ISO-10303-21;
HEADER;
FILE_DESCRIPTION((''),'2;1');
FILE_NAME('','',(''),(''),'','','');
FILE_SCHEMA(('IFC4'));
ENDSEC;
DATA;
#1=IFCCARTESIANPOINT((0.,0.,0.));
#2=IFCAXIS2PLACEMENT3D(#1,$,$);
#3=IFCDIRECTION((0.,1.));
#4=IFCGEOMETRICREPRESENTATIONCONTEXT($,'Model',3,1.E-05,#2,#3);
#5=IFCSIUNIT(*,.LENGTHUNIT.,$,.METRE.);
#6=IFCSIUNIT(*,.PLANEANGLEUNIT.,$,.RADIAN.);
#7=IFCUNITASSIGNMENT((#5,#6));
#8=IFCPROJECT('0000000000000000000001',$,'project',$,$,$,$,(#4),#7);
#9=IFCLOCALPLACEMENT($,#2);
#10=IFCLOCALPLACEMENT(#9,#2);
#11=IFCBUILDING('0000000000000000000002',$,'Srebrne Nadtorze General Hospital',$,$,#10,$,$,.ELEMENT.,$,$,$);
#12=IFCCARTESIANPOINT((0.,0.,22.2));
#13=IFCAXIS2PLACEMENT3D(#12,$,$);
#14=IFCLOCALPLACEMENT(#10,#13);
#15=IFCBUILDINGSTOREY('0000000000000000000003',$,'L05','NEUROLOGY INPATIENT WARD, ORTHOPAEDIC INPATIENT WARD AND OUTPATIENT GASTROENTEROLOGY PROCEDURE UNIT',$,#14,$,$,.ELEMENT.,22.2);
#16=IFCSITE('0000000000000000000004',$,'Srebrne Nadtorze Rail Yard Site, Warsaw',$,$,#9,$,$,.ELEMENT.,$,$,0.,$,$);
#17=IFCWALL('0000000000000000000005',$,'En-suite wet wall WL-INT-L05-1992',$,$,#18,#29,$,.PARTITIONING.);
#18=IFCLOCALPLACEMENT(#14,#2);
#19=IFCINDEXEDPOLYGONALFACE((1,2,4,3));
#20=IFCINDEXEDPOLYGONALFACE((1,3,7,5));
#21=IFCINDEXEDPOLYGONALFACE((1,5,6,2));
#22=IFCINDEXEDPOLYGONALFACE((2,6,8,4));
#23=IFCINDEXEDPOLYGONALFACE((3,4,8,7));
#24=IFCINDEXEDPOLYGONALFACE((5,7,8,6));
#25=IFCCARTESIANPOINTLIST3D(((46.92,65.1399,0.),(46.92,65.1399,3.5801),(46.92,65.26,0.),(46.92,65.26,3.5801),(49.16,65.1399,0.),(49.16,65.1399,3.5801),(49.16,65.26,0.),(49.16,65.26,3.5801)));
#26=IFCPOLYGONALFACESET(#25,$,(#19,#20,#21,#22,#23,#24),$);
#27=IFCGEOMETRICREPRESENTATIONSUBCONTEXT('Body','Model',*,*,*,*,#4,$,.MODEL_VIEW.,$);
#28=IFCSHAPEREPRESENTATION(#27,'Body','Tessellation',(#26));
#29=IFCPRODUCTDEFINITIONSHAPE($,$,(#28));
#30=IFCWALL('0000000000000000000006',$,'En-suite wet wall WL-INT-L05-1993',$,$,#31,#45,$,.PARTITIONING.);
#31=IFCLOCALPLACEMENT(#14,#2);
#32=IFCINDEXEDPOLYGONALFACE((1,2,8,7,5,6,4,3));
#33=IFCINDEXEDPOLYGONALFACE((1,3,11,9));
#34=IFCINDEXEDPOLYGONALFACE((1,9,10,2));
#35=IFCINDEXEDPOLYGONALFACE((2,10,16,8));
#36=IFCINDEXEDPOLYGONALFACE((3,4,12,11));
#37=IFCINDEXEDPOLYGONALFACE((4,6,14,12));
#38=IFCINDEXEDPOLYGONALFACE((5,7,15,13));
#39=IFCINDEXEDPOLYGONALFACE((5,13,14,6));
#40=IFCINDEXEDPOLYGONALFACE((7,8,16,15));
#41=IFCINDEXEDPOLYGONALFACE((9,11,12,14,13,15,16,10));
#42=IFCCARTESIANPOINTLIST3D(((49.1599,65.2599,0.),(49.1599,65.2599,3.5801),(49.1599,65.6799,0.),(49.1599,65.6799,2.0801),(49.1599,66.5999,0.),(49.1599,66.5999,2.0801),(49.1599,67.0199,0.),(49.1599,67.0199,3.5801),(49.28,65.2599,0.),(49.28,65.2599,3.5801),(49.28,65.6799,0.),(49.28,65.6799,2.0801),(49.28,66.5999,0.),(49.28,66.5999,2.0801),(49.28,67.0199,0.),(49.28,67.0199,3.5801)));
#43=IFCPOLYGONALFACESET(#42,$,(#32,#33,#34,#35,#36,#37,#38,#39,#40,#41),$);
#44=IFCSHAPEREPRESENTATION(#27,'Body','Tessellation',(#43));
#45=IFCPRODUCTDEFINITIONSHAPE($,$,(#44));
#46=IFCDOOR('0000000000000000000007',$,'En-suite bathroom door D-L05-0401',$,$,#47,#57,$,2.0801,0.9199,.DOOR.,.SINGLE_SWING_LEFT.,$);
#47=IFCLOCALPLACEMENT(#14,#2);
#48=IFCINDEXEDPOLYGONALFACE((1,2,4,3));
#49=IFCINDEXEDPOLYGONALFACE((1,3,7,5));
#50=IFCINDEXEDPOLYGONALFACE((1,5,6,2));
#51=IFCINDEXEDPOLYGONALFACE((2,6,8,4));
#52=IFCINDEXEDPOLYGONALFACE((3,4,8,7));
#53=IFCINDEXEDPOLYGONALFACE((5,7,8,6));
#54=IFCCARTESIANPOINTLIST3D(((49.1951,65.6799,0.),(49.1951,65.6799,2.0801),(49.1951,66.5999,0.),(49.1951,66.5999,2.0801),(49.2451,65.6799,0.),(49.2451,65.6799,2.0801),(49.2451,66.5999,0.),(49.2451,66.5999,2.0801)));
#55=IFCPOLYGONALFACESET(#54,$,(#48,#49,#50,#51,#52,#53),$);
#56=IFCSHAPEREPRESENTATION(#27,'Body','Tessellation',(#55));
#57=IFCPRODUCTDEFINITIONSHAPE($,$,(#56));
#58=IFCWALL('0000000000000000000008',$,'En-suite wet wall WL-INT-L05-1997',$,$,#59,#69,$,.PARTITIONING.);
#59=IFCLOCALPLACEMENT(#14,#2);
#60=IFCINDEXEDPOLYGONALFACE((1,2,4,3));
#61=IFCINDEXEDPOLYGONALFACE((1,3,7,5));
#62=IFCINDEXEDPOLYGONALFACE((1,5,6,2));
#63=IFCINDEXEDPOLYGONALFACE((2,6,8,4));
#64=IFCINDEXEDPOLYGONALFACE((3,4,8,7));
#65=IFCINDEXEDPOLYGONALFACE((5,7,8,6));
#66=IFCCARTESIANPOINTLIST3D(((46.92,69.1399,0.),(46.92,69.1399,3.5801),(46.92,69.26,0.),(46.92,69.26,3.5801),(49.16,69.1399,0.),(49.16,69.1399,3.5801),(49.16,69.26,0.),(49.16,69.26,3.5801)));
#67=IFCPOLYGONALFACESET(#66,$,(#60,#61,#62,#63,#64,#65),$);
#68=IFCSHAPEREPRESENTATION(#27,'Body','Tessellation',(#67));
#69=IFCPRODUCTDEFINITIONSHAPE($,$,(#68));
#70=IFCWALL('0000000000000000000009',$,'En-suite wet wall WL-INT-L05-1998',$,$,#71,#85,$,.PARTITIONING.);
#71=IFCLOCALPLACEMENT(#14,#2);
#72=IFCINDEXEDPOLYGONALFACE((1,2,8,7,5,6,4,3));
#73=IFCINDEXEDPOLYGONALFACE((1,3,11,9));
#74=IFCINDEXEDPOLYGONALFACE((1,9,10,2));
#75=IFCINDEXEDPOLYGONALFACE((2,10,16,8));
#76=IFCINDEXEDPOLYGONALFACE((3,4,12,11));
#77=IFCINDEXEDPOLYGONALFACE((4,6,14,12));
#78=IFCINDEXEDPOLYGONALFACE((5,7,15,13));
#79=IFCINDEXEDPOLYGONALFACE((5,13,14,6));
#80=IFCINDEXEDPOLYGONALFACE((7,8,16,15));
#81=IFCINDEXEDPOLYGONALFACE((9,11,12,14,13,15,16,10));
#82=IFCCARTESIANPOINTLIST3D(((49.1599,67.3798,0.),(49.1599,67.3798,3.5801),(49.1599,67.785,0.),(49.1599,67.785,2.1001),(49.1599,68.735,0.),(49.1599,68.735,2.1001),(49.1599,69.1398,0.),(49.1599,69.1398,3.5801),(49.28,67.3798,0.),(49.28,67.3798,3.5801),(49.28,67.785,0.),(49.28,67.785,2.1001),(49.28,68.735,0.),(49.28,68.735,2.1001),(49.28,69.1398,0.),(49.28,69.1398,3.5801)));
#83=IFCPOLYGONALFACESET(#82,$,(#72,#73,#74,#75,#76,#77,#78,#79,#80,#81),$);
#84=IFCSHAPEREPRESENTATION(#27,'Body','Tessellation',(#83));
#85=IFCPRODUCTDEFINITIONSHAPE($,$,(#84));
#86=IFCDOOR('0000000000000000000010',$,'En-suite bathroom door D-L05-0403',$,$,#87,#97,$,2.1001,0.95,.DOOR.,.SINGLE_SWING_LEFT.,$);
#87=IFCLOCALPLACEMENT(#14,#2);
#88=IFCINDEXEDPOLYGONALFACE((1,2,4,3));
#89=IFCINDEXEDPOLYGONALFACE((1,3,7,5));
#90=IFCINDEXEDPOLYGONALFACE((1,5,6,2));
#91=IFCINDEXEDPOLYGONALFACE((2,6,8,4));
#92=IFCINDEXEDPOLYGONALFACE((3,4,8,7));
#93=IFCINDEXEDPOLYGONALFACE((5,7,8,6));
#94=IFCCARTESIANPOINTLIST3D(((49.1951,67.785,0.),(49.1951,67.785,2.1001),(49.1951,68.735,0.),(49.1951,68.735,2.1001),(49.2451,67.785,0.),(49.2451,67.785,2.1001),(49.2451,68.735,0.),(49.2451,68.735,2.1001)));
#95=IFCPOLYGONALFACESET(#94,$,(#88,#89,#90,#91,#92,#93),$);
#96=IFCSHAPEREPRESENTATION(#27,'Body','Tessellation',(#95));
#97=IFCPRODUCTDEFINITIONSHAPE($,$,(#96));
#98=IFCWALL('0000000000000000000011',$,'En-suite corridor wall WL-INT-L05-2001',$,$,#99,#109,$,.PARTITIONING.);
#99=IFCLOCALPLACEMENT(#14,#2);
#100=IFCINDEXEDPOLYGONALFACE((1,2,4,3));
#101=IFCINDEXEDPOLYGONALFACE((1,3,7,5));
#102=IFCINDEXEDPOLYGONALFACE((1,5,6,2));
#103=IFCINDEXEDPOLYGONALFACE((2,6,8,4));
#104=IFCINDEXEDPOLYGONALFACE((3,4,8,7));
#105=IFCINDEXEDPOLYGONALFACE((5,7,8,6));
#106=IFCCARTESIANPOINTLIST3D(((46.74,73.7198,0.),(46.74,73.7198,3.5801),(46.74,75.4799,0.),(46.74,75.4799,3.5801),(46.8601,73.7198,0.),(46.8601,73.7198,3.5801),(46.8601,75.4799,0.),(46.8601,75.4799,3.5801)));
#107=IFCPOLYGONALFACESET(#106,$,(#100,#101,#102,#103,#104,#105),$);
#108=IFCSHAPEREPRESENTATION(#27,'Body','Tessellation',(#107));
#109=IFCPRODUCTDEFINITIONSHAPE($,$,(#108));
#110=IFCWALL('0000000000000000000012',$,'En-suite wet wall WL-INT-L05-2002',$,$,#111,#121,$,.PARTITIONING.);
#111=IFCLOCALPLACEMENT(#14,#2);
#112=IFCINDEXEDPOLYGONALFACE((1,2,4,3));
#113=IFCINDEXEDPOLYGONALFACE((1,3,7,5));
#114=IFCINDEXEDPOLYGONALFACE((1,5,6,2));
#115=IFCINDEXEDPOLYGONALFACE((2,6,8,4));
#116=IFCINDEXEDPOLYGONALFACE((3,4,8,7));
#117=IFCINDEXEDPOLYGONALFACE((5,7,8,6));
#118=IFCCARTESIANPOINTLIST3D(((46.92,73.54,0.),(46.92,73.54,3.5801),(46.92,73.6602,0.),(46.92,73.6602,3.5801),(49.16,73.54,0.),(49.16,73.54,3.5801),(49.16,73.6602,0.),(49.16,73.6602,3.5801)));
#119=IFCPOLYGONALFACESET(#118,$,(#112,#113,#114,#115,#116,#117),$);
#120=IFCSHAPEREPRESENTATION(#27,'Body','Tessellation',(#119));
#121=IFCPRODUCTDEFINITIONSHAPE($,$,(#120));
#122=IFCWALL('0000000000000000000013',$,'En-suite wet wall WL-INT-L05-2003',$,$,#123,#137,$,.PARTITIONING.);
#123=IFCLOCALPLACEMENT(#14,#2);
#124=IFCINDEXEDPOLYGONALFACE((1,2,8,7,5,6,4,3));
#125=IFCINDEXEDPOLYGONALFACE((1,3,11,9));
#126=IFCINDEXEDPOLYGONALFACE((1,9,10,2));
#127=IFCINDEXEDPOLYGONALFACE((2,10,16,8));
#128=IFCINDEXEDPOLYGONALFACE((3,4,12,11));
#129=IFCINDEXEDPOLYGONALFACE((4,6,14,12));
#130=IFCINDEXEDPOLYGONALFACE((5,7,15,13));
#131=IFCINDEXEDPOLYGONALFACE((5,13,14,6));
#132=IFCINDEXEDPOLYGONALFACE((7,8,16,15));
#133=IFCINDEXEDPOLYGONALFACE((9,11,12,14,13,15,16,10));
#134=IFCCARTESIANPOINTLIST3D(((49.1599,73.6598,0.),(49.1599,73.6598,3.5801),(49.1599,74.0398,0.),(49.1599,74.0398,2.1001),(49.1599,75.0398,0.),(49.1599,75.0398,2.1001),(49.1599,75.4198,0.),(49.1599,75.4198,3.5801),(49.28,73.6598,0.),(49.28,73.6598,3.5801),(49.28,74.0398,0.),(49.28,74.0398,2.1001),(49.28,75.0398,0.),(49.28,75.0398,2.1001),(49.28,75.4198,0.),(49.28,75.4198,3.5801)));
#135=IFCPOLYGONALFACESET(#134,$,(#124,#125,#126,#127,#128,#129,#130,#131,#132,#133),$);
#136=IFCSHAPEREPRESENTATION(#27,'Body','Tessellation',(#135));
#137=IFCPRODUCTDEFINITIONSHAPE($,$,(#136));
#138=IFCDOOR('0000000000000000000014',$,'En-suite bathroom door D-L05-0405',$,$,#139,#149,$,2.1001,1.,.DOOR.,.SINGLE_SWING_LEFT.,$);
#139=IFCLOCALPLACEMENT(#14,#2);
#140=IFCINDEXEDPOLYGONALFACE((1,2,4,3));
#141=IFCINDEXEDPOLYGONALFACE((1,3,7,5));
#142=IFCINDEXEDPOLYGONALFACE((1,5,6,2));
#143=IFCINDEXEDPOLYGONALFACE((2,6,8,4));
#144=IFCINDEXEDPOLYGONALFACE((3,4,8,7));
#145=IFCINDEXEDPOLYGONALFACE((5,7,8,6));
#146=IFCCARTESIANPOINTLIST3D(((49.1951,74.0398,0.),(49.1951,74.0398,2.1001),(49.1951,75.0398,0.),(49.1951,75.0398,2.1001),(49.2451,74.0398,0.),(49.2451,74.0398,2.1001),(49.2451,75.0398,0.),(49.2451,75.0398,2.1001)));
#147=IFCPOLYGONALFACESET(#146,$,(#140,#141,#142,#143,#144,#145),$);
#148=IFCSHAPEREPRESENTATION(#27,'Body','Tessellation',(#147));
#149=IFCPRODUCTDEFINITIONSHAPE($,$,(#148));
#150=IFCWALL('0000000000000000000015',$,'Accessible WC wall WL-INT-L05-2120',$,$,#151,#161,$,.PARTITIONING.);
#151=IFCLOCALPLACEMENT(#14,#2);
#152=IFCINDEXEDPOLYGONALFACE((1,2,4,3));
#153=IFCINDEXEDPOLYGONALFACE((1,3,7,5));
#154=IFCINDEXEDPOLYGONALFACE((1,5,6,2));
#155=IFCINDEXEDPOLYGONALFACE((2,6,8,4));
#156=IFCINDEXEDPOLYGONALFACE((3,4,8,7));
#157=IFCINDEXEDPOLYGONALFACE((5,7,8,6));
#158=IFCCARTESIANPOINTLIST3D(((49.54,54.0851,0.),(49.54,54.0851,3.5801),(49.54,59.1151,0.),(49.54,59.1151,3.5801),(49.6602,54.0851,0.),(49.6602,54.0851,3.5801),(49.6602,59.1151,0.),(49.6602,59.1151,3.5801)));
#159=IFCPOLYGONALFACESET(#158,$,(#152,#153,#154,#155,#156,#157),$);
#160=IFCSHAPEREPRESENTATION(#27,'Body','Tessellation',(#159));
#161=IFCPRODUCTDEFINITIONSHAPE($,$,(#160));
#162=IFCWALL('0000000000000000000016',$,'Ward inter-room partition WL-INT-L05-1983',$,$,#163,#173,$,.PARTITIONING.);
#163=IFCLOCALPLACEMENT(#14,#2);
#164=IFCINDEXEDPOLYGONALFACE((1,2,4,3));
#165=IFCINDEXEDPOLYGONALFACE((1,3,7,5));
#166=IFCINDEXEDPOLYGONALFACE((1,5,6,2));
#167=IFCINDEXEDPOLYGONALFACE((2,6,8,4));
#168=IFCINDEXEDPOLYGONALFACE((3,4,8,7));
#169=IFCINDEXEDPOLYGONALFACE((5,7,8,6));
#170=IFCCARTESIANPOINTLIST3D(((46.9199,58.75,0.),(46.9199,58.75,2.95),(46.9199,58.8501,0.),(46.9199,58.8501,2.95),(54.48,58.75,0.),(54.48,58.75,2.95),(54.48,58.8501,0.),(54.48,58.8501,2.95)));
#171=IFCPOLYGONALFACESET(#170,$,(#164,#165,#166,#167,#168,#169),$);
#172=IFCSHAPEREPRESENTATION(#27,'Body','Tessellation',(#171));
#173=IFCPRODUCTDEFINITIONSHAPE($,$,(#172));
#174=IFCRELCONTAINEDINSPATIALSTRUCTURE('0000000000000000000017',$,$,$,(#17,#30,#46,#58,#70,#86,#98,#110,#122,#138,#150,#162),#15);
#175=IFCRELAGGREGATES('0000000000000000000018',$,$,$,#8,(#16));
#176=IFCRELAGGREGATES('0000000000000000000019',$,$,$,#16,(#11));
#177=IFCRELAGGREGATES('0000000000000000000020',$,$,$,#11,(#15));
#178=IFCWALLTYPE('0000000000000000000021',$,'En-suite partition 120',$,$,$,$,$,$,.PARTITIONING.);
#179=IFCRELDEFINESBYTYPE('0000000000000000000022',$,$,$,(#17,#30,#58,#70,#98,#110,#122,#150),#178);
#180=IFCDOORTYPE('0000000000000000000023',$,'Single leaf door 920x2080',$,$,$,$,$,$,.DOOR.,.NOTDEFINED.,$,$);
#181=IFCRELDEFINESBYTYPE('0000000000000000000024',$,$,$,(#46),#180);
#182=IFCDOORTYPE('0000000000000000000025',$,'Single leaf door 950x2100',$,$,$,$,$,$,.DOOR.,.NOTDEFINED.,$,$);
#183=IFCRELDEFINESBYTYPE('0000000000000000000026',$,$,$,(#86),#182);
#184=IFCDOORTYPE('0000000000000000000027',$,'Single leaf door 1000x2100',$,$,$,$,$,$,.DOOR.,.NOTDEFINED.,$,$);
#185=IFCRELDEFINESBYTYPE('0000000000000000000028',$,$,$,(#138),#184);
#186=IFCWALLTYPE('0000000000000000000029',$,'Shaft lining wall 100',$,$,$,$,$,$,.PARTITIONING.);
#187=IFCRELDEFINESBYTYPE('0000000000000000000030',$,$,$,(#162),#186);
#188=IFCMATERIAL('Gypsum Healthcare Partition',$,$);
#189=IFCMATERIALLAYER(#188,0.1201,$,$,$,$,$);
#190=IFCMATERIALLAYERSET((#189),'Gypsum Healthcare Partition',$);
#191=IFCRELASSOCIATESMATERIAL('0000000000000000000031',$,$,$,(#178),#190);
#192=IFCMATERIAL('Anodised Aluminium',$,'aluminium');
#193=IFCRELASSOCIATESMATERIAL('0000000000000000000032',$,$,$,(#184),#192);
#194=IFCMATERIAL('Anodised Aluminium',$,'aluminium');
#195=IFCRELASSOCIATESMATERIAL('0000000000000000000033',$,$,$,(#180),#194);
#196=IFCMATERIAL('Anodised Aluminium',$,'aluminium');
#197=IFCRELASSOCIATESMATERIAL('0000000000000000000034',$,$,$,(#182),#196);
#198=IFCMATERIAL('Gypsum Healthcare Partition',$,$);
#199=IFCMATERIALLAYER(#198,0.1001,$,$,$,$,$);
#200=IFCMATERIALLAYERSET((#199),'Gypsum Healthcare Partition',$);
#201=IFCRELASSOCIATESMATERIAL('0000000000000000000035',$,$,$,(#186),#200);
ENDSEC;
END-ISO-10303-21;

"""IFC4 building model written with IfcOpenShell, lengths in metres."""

from ifc_helpers import new_model, si_unit, direction, frame, frame_2d, origin, place, context, subcontext, project, spatial, rectangle, extrude, material, layer, layer_set, type_object, element, fill, save


model = new_model("IFC4")

# Units and contexts
model_context = context("Model", 3, precision=1e-05, world=origin(), true_north=direction((0.0, 1.0)))
body_context = subcontext(model_context, "Body", "Model", "MODEL_VIEW")
ifc_project = project(units=[si_unit("LENGTHUNIT", "METRE"), si_unit("PLANEANGLEUNIT", "RADIAN")], contexts=[model_context])

# Site, building, storey
site_placement = place(None, origin())
site = spatial("IfcSite", under=ifc_project, at=site_placement, Name="Srebrne Nadtorze Rail Yard Site, Warsaw", CompositionType="ELEMENT", RefElevation=0.0)
building_placement = place(site_placement, origin())
building = spatial("IfcBuilding", under=site, at=building_placement, Name="Srebrne Nadtorze General Hospital", CompositionType="ELEMENT")
storey_placement = place(building_placement, frame((0.0, 0.0, 22.2)))
storey = spatial("IfcBuildingStorey", under=building, at=storey_placement, Name="L05", Description="NEUROLOGY INPATIENT WARD, ORTHOPAEDIC INPATIENT WARD AND OUTPATIENT GASTROENTEROLOGY PROCEDURE UNIT", CompositionType="ELEMENT", Elevation=22.2)

# Shared definitions
ifc_material_1 = material(Name="Gypsum Healthcare Partition")
ifc_layer_1 = layer(ifc_material_1, 0.1201)
ifc_layer_set_1 = layer_set([ifc_layer_1], Name="Gypsum Healthcare Partition")
wall_type_1 = type_object("IfcWallType", Name="En-suite partition 120", PredefinedType="PARTITIONING", material=ifc_layer_set_1)

# Shared definitions
ifc_material_2 = material(Name="Anodised Aluminium", Category="aluminium")
door_type_1 = type_object("IfcDoorType", Name="Single leaf door 1000x2100", OperationType="NOTDEFINED", PredefinedType="DOOR", material=ifc_material_2)

# Wall
wall_1_placement = place(storey_placement, frame((46.9199, 65.2, 0.0), z_axis=(0.0, 0.0, 1.0), x_axis=(1.0, 0.0, 0.0)))
element("IfcWall", 1, at=wall_1_placement, inside=storey, type_object=wall_type_1, Name="En-suite wet wall WL-INT-L05-1992", PredefinedType="PARTITIONING", context=body_context, shape_type="SweptSolid", body=[
    extrude(rectangle(XDim=2.24, YDim=0.1201, at=frame_2d((1.1201, 0.0))), origin(), (0.0, 0.0, 1.0), 3.5801),
])

# Wall, opening, door
wall_2_placement = place(storey_placement, frame((49.22, 65.26, 0.0), z_axis=(0.0, 0.0, 1.0), x_axis=(0.0, 1.0, 0.0)))
wall_2 = element("IfcWall", 2, at=wall_2_placement, inside=storey, type_object=wall_type_1, Name="En-suite wet wall WL-INT-L05-1993", PredefinedType="PARTITIONING", context=body_context, shape_type="SweptSolid", body=[
    extrude(rectangle(XDim=1.76, YDim=0.1201, at=frame_2d((0.8799, 0.0))), origin(), (0.0, 0.0, 1.0), 3.5801),
])
opening_1_placement = place(wall_2_placement, frame((0.4199, 0.0, 0.0)))
opening_1 = element("IfcOpeningElement", 3, at=opening_1_placement, cuts=wall_2, PredefinedType="OPENING", context=body_context, shape_type="SweptSolid", body=[
    extrude(rectangle(XDim=0.9199, YDim=2.0801, at=frame_2d((0.46, 1.04))), frame((0.0, 0.072, 0.0), z_axis=(0.0, -1.0, 0.0), x_axis=(1.0, 0.0, 0.0)), (0.0, 0.0, 1.0), 0.144),
])
ifc_material_3 = material(Name="Anodised Aluminium", Category="aluminium")
door_type_2 = type_object("IfcDoorType", Name="Single leaf door 920x2080", OperationType="NOTDEFINED", PredefinedType="DOOR", material=ifc_material_3)
door_1_placement = place(opening_1_placement, origin())
door_1 = element("IfcDoor", 4, at=door_1_placement, inside=storey, type_object=door_type_2, Name="En-suite bathroom door D-L05-0401", OperationType="SINGLE_SWING_LEFT", OverallHeight=2.0801, OverallWidth=0.9199, PredefinedType="DOOR", context=body_context, shape_type="SweptSolid", body=[
    extrude(rectangle(XDim=0.9199, YDim=2.0801, at=frame_2d((0.46, 1.04))), frame((0.0, 0.0249, 0.0), z_axis=(0.0, -1.0, 0.0), x_axis=(1.0, 0.0, 0.0)), (0.0, 0.0, 1.0), 0.05),
])
fill(opening_1, door_1)

# Wall
wall_3_placement = place(storey_placement, frame((46.9199, 69.2, 0.0), z_axis=(0.0, 0.0, 1.0), x_axis=(1.0, 0.0, 0.0)))
element("IfcWall", 5, at=wall_3_placement, inside=storey, type_object=wall_type_1, Name="En-suite wet wall WL-INT-L05-1997", PredefinedType="PARTITIONING", context=body_context, shape_type="SweptSolid", body=[
    extrude(rectangle(XDim=2.24, YDim=0.1201, at=frame_2d((1.1201, 0.0))), origin(), (0.0, 0.0, 1.0), 3.5801),
])

# Wall, opening, door
wall_4_placement = place(storey_placement, frame((49.22, 67.3799, 0.0), z_axis=(0.0, 0.0, 1.0), x_axis=(0.0, 1.0, 0.0)))
wall_4 = element("IfcWall", 6, at=wall_4_placement, inside=storey, type_object=wall_type_1, Name="En-suite wet wall WL-INT-L05-1998", PredefinedType="PARTITIONING", context=body_context, shape_type="SweptSolid", body=[
    extrude(rectangle(XDim=1.76, YDim=0.1201, at=frame_2d((0.8799, 0.0))), origin(), (0.0, 0.0, 1.0), 3.5801),
])
opening_2_placement = place(wall_4_placement, frame((0.405, 0.0, 0.0)))
opening_2 = element("IfcOpeningElement", 7, at=opening_2_placement, cuts=wall_4, PredefinedType="OPENING", context=body_context, shape_type="SweptSolid", body=[
    extrude(rectangle(XDim=0.95, YDim=2.1001, at=frame_2d((0.4751, 1.05))), frame((0.0, 0.072, 0.0), z_axis=(0.0, -1.0, 0.0), x_axis=(1.0, 0.0, 0.0)), (0.0, 0.0, 1.0), 0.144),
])
ifc_material_4 = material(Name="Anodised Aluminium", Category="aluminium")
door_type_3 = type_object("IfcDoorType", Name="Single leaf door 950x2100", OperationType="NOTDEFINED", PredefinedType="DOOR", material=ifc_material_4)
door_2_placement = place(opening_2_placement, origin())
door_2 = element("IfcDoor", 8, at=door_2_placement, inside=storey, type_object=door_type_3, Name="En-suite bathroom door D-L05-0403", OperationType="SINGLE_SWING_LEFT", OverallHeight=2.1001, OverallWidth=0.95, PredefinedType="DOOR", context=body_context, shape_type="SweptSolid", body=[
    extrude(rectangle(XDim=0.95, YDim=2.1001, at=frame_2d((0.4751, 1.05))), frame((0.0, 0.0249, 0.0), z_axis=(0.0, -1.0, 0.0), x_axis=(1.0, 0.0, 0.0)), (0.0, 0.0, 1.0), 0.05),
])
fill(opening_2, door_2)

# Walls
wall_5_placement = place(storey_placement, frame((46.8, 73.72, 0.0), z_axis=(0.0, 0.0, 1.0), x_axis=(0.0, 1.0, 0.0)))
element("IfcWall", 9, at=wall_5_placement, inside=storey, type_object=wall_type_1, Name="En-suite corridor wall WL-INT-L05-2001", PredefinedType="PARTITIONING", context=body_context, shape_type="SweptSolid", body=[
    extrude(rectangle(XDim=1.76, YDim=0.1201, at=frame_2d((0.8799, 0.0))), origin(), (0.0, 0.0, 1.0), 3.5801),
])
wall_6_placement = place(storey_placement, frame((46.9199, 73.6001, 0.0), z_axis=(0.0, 0.0, 1.0), x_axis=(1.0, 0.0, 0.0)))
element("IfcWall", 10, at=wall_6_placement, inside=storey, type_object=wall_type_1, Name="En-suite wet wall WL-INT-L05-2002", PredefinedType="PARTITIONING", context=body_context, shape_type="SweptSolid", body=[
    extrude(rectangle(XDim=2.24, YDim=0.1201, at=frame_2d((1.1201, 0.0))), origin(), (0.0, 0.0, 1.0), 3.5801),
])

# Wall, opening, door
wall_7_placement = place(storey_placement, frame((49.22, 73.6599, 0.0), z_axis=(0.0, 0.0, 1.0), x_axis=(0.0, 1.0, 0.0)))
wall_7 = element("IfcWall", 11, at=wall_7_placement, inside=storey, type_object=wall_type_1, Name="En-suite wet wall WL-INT-L05-2003", PredefinedType="PARTITIONING", context=body_context, shape_type="SweptSolid", body=[
    extrude(rectangle(XDim=1.76, YDim=0.1201, at=frame_2d((0.8799, 0.0))), origin(), (0.0, 0.0, 1.0), 3.5801),
])
opening_3_placement = place(wall_7_placement, frame((0.3799, 0.0, 0.0)))
opening_3 = element("IfcOpeningElement", 12, at=opening_3_placement, cuts=wall_7, PredefinedType="OPENING", context=body_context, shape_type="SweptSolid", body=[
    extrude(rectangle(XDim=1.0, YDim=2.1001, at=frame_2d((0.5, 1.05))), frame((0.0, 0.072, 0.0), z_axis=(0.0, -1.0, 0.0), x_axis=(1.0, 0.0, 0.0)), (0.0, 0.0, 1.0), 0.144),
])
door_3_placement = place(opening_3_placement, origin())
door_3 = element("IfcDoor", 13, at=door_3_placement, inside=storey, type_object=door_type_1, Name="En-suite bathroom door D-L05-0405", OperationType="SINGLE_SWING_LEFT", OverallHeight=2.1001, OverallWidth=1.0, PredefinedType="DOOR", context=body_context, shape_type="SweptSolid", body=[
    extrude(rectangle(XDim=1.0, YDim=2.1001, at=frame_2d((0.5, 1.05))), frame((0.0, 0.0249, 0.0), z_axis=(0.0, -1.0, 0.0), x_axis=(1.0, 0.0, 0.0)), (0.0, 0.0, 1.0), 0.05),
])
fill(opening_3, door_3)

# Walls
wall_8_placement = place(storey_placement, frame((49.6001, 54.085, 0.0), z_axis=(0.0, 0.0, 1.0), x_axis=(0.0, 1.0, 0.0)))
element("IfcWall", 14, at=wall_8_placement, inside=storey, type_object=wall_type_1, Name="Accessible WC wall WL-INT-L05-2120", PredefinedType="PARTITIONING", context=body_context, shape_type="SweptSolid", body=[
    extrude(rectangle(XDim=5.03, YDim=0.1201, at=frame_2d((2.5151, 0.0))), origin(), (0.0, 0.0, 1.0), 3.5801),
])
ifc_material_5 = material(Name="Gypsum Healthcare Partition")
ifc_layer_2 = layer(ifc_material_5, 0.1001)
ifc_layer_set_2 = layer_set([ifc_layer_2], Name="Gypsum Healthcare Partition")
wall_type_2 = type_object("IfcWallType", Name="Shaft lining wall 100", PredefinedType="PARTITIONING", material=ifc_layer_set_2)
wall_9_placement = place(storey_placement, frame((46.9199, 58.8, 0.0), z_axis=(0.0, 0.0, 1.0), x_axis=(1.0, 0.0, 0.0)))
element("IfcWall", 15, at=wall_9_placement, inside=storey, type_object=wall_type_2, Name="Ward inter-room partition WL-INT-L05-1983", PredefinedType="PARTITIONING", context=body_context, shape_type="SweptSolid", body=[
    extrude(rectangle(XDim=7.5601, YDim=0.1001, at=frame_2d((3.78, 0.0))), origin(), (0.0, 0.0, 1.0), 2.95),
])

save(model, "model.ifc")
